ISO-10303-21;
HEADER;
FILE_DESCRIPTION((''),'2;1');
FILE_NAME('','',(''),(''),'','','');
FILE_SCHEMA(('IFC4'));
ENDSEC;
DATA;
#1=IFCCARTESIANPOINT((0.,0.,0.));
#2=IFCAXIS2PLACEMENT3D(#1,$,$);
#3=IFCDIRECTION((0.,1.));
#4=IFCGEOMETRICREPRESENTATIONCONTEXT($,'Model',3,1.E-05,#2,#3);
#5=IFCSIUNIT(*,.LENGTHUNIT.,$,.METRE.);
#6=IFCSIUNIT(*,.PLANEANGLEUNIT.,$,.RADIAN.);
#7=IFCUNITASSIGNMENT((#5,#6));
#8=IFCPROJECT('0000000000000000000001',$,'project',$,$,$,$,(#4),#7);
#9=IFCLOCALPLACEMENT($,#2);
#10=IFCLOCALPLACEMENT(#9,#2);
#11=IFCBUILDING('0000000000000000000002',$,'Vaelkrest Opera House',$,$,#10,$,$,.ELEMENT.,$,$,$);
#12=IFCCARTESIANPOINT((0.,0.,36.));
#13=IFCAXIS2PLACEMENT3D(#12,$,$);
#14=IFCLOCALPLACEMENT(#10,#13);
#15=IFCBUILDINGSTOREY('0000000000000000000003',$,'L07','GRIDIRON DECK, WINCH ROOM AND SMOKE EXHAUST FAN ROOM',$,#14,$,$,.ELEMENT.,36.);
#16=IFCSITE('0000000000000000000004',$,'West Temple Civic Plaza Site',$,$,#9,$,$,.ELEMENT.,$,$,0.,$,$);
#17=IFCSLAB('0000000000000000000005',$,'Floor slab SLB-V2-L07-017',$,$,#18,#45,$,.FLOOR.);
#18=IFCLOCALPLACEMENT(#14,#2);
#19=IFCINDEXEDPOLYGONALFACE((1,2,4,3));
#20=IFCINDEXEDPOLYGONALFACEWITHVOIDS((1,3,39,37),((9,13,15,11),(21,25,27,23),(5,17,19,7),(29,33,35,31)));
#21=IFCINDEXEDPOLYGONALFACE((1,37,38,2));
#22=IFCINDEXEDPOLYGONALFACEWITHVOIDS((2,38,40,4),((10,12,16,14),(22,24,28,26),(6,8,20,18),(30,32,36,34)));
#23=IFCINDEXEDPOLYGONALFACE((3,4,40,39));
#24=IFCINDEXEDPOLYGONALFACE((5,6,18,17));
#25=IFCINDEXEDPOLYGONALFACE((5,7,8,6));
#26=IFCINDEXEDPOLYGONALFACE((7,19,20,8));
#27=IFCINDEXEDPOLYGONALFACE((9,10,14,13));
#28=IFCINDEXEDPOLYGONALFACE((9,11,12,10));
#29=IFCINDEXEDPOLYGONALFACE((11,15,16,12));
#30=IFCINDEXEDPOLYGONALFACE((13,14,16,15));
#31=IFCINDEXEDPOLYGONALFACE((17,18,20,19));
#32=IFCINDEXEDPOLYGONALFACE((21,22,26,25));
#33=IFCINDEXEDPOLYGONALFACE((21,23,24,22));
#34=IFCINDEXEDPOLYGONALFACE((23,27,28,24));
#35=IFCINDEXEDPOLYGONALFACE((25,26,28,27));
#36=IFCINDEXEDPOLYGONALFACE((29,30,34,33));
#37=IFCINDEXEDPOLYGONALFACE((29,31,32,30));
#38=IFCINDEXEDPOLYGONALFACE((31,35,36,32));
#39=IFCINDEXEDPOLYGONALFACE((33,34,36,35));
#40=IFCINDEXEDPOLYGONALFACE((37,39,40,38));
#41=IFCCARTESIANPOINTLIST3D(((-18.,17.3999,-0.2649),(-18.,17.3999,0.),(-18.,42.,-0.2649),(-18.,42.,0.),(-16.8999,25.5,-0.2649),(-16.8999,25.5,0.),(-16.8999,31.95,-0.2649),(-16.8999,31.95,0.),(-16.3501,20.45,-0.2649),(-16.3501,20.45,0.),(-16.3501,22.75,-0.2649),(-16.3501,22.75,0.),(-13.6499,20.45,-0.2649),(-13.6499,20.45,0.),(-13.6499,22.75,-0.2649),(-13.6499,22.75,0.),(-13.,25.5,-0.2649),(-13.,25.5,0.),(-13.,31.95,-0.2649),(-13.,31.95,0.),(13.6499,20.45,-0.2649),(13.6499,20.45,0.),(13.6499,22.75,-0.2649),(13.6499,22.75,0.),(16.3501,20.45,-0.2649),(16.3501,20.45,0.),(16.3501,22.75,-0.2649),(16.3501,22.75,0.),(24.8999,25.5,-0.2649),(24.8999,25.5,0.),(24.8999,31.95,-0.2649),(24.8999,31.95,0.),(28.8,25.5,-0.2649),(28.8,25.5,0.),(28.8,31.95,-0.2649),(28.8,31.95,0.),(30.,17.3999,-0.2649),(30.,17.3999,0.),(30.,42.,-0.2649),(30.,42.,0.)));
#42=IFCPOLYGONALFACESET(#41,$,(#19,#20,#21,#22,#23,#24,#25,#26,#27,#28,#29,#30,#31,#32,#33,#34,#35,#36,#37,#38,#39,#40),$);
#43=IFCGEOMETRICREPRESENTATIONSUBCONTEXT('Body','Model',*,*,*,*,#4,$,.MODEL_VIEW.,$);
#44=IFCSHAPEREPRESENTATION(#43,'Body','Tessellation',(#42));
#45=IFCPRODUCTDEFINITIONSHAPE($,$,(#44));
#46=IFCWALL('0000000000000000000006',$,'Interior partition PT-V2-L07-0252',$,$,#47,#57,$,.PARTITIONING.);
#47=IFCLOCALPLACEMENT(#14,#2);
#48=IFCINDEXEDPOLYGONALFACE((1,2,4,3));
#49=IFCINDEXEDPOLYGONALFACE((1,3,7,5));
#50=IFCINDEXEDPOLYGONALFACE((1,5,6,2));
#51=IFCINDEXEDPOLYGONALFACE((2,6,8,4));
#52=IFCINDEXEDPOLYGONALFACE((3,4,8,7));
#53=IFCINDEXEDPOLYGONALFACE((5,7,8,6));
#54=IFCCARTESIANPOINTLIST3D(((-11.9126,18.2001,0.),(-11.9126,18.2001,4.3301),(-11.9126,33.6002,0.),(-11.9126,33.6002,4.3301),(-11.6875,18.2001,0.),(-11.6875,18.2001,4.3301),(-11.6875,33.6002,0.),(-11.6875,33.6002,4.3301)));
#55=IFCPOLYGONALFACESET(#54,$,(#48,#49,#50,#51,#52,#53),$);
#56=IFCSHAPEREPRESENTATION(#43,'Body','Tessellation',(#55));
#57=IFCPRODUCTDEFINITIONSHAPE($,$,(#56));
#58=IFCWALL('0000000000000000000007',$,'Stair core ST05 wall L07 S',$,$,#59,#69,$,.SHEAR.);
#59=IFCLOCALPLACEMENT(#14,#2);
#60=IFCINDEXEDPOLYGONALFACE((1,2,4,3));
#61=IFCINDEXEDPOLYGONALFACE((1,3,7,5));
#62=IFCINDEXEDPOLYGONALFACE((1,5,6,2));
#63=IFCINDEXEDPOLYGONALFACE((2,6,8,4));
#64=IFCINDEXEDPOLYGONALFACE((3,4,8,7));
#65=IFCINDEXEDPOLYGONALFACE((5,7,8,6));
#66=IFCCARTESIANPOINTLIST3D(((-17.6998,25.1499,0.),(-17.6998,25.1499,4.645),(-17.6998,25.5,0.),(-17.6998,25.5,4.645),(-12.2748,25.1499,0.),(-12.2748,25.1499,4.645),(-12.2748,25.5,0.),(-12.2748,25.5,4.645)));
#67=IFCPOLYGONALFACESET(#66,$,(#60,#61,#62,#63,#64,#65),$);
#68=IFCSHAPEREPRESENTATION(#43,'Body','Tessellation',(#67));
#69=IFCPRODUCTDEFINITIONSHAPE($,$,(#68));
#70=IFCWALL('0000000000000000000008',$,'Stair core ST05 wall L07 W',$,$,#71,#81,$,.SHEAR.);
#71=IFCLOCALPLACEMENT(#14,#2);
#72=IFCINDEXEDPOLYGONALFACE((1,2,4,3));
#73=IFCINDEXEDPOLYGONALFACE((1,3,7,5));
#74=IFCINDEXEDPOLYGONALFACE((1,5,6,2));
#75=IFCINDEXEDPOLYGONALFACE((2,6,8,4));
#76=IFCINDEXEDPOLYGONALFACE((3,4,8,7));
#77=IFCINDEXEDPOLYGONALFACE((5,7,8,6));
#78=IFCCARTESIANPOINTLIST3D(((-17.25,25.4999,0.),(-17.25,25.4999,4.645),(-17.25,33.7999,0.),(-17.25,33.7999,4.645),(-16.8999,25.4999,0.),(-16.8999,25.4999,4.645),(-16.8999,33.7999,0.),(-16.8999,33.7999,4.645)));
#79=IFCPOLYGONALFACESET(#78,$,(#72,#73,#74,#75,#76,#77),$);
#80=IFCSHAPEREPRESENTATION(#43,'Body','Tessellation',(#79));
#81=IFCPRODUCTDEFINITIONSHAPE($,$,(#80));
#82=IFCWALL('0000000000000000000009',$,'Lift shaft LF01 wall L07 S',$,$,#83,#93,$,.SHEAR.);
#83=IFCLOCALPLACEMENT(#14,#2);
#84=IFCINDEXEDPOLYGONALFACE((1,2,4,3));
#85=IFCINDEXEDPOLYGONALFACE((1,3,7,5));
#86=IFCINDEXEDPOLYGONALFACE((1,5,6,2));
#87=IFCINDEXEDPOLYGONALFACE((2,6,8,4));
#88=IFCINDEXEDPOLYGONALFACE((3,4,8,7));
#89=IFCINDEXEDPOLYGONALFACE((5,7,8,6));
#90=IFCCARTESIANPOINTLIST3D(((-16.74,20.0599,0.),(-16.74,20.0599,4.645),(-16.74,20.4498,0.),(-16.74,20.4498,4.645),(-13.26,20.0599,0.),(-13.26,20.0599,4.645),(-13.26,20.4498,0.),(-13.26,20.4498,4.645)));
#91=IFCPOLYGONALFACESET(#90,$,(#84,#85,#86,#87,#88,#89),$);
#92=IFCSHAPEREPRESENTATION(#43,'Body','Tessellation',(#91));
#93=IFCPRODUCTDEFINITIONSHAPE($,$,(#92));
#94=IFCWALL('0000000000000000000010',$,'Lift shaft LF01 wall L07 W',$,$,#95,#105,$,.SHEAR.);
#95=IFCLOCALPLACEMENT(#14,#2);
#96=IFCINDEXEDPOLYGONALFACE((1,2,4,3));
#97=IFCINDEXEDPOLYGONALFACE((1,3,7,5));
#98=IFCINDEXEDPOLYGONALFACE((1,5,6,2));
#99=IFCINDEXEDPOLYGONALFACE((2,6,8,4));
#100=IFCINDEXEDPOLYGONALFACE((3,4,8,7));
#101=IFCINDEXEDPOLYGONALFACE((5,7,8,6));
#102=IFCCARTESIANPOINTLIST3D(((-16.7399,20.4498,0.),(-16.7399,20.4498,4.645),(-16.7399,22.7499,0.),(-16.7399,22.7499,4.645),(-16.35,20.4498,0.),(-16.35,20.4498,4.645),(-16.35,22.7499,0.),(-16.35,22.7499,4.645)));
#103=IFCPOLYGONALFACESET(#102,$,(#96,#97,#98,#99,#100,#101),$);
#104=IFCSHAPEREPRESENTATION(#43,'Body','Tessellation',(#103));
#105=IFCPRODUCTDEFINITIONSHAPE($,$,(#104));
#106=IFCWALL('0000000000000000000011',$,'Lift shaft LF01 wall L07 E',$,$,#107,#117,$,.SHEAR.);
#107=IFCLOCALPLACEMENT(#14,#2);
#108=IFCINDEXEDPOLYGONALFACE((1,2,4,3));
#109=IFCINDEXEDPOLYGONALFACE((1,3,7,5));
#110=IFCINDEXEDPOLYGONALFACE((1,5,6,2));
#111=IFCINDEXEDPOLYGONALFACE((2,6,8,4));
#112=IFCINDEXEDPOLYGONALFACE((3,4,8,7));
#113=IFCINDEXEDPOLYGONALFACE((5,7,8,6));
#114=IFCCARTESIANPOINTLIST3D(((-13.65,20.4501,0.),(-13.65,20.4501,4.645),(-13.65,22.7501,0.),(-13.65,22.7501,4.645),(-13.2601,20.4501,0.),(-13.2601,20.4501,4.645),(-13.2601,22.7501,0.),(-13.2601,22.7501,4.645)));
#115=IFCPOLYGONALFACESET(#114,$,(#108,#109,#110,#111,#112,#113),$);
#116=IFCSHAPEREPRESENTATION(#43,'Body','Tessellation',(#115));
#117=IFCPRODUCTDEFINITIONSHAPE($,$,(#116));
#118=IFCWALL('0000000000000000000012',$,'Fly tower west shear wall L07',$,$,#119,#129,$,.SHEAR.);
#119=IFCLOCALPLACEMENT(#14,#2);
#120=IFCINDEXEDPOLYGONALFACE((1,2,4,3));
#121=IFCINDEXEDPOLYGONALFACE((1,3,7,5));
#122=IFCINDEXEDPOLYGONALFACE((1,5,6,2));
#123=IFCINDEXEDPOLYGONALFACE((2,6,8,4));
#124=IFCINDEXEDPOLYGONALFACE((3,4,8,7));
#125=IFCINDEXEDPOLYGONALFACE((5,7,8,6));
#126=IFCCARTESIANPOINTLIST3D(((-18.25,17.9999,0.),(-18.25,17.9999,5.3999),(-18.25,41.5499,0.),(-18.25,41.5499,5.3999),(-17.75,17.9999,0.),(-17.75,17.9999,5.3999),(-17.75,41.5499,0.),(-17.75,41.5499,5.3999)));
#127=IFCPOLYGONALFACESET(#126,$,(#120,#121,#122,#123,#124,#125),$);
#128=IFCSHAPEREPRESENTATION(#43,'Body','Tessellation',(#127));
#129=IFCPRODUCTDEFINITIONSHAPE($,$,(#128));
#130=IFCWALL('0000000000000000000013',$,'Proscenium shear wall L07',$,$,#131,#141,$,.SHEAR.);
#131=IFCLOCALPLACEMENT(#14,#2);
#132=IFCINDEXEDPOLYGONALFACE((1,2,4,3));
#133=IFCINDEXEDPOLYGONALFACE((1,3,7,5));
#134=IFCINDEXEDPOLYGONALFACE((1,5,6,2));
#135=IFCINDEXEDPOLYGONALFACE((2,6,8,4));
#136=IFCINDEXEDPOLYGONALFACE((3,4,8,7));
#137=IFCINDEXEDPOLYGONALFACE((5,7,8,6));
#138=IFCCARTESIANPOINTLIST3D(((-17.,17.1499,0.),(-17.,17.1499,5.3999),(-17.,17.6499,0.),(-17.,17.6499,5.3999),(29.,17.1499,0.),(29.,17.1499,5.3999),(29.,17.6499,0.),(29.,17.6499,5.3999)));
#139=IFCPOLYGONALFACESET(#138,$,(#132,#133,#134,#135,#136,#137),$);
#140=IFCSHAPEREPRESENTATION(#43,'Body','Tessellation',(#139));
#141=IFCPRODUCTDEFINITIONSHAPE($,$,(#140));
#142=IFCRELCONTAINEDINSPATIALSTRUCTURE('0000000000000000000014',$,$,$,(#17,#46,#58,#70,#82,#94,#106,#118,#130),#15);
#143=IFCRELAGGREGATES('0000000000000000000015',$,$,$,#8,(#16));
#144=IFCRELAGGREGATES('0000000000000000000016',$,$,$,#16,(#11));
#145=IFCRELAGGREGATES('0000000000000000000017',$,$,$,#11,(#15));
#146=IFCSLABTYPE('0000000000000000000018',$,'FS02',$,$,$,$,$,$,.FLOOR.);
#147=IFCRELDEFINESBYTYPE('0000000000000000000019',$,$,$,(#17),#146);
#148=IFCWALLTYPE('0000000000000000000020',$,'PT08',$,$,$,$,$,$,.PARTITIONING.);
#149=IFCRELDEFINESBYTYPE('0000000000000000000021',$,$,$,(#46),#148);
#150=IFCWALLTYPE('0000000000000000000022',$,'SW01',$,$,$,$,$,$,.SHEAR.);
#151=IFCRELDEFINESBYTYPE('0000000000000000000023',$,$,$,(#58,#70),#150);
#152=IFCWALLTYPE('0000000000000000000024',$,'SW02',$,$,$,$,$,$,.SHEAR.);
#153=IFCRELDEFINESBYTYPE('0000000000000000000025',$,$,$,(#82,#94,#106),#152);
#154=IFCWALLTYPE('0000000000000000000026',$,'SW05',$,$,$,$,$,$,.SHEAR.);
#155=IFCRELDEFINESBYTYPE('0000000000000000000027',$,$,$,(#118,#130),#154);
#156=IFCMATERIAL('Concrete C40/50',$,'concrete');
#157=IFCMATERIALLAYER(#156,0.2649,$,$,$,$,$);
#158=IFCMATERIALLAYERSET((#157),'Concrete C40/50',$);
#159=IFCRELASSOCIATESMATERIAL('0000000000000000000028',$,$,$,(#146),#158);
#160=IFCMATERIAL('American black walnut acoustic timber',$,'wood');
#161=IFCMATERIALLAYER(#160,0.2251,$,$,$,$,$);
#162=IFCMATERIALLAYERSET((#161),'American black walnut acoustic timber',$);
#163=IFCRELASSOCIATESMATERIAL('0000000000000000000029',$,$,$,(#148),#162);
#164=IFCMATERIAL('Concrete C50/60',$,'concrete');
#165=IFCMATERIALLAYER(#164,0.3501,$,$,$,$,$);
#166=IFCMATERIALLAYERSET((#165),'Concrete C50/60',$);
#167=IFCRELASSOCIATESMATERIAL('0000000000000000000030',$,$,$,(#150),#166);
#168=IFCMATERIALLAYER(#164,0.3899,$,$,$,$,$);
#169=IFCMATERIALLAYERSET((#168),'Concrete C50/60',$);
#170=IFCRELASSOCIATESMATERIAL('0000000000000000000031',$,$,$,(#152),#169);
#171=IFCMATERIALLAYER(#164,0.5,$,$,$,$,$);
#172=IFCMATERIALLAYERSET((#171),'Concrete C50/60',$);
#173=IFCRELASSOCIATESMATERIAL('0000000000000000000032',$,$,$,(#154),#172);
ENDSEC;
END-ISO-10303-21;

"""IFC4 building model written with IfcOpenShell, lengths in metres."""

from ifc_helpers import new_model, si_unit, direction, frame, frame_2d, origin, place, context, subcontext, project, spatial, polyline, rectangle, outline, extrude, material, layer, layer_set, type_object, element, save


model = new_model("IFC4")

# Units and contexts
model_context = context("Model", 3, precision=1e-05, world=origin(), true_north=direction((0.0, 1.0)))
body_context = subcontext(model_context, "Body", "Model", "MODEL_VIEW")
ifc_project = project(units=[si_unit("LENGTHUNIT", "METRE"), si_unit("PLANEANGLEUNIT", "RADIAN")], contexts=[model_context])

# Site, building, storey
site_placement = place(None, origin())
site = spatial("IfcSite", under=ifc_project, at=site_placement, Name="West Temple Civic Plaza Site", CompositionType="ELEMENT", RefElevation=0.0)
building_placement = place(site_placement, origin())
building = spatial("IfcBuilding", under=site, at=building_placement, Name="Vaelkrest Opera House", CompositionType="ELEMENT")
storey_placement = place(building_placement, frame((0.0, 0.0, 36.0)))
storey = spatial("IfcBuildingStorey", under=building, at=storey_placement, Name="L07", Description="GRIDIRON DECK, WINCH ROOM AND SMOKE EXHAUST FAN ROOM", CompositionType="ELEMENT", Elevation=36.0)

# Shared definitions
ifc_material_1 = material(Name="Concrete C50/60", Category="concrete")

# Slab
ifc_material_2 = material(Name="Concrete C40/50", Category="concrete")
ifc_layer_1 = layer(ifc_material_2, 0.2649)
ifc_layer_set_1 = layer_set([ifc_layer_1], Name="Concrete C40/50")
slab_type = type_object("IfcSlabType", Name="FS02", PredefinedType="FLOOR", material=ifc_layer_set_1)
slab_placement = place(storey_placement, frame((0.0, 0.0, -0.2649)))
element("IfcSlab", 1, at=slab_placement, inside=storey, type_object=slab_type, Name="Floor slab SLB-V2-L07-017", PredefinedType="FLOOR", context=body_context, shape_type="SweptSolid", body=[
    extrude(outline(polyline([(-18.0, 17.3999), (30.0, 17.3999), (30.0, 42.0), (-18.0, 42.0), (-18.0, 17.3999)]), holes=[polyline([(-16.8999, 31.95), (-16.8999, 25.5), (-13.0, 25.5), (-13.0, 31.95), (-16.8999, 31.95)]), polyline([(24.8999, 31.95), (24.8999, 25.5), (28.8, 25.5), (28.8, 31.95), (24.8999, 31.95)]), polyline([(-16.3501, 20.45), (-13.6499, 20.45), (-13.6499, 22.75), (-16.3501, 22.75), (-16.3501, 20.45)]), polyline([(13.6499, 20.45), (16.3501, 20.45), (16.3501, 22.75), (13.6499, 22.75), (13.6499, 20.45)])]), origin(), (0.0, 0.0, 1.0), 0.2649),
])

# Walls
ifc_material_3 = material(Name="American black walnut acoustic timber", Category="wood")
ifc_layer_2 = layer(ifc_material_3, 0.2251)
ifc_layer_set_2 = layer_set([ifc_layer_2], Name="American black walnut acoustic timber")
wall_type_1 = type_object("IfcWallType", Name="PT08", PredefinedType="PARTITIONING", material=ifc_layer_set_2)
wall_1_placement = place(storey_placement, frame((-11.8, 18.2, 0.0), z_axis=(0.0, 0.0, 1.0), x_axis=(0.0, 1.0, 0.0)))
element("IfcWall", 2, at=wall_1_placement, inside=storey, type_object=wall_type_1, Name="Interior partition PT-V2-L07-0252", PredefinedType="PARTITIONING", context=body_context, shape_type="SweptSolid", body=[
    extrude(rectangle(XDim=15.4001, YDim=0.2251, at=frame_2d((7.7002, 0.0))), origin(), (0.0, 0.0, 1.0), 4.3301),
])
ifc_layer_3 = layer(ifc_material_1, 0.3501)
ifc_layer_set_3 = layer_set([ifc_layer_3], Name="Concrete C50/60")
wall_type_2 = type_object("IfcWallType", Name="SW01", PredefinedType="SHEAR", material=ifc_layer_set_3)
wall_2_placement = place(storey_placement, frame((-12.2749, 25.325, 0.0), z_axis=(0.0, 0.0, 1.0), x_axis=(-1.0, 0.0, 0.0)))
element("IfcWall", 3, at=wall_2_placement, inside=storey, type_object=wall_type_2, Name="Stair core ST05 wall L07 S", PredefinedType="SHEAR", context=body_context, shape_type="SweptSolid", body=[
    extrude(rectangle(XDim=5.425, YDim=0.3501, at=frame_2d((2.7124, 0.0))), origin(), (0.0, 0.0, 1.0), 4.645),
])
wall_3_placement = place(storey_placement, frame((-17.075, 25.5, 0.0), z_axis=(0.0, 0.0, 1.0), x_axis=(0.0, 1.0, 0.0)))
element("IfcWall", 4, at=wall_3_placement, inside=storey, type_object=wall_type_2, Name="Stair core ST05 wall L07 W", PredefinedType="SHEAR", context=body_context, shape_type="SweptSolid", body=[
    extrude(rectangle(XDim=8.3, YDim=0.3501, at=frame_2d((4.1499, 0.0))), origin(), (0.0, 0.0, 1.0), 4.645),
])
ifc_layer_4 = layer(ifc_material_1, 0.3899)
ifc_layer_set_4 = layer_set([ifc_layer_4], Name="Concrete C50/60")
wall_type_3 = type_object("IfcWallType", Name="SW02", PredefinedType="SHEAR", material=ifc_layer_set_4)
wall_4_placement = place(storey_placement, frame((-13.26, 20.2549, 0.0), z_axis=(0.0, 0.0, 1.0), x_axis=(-1.0, 0.0, 0.0)))
element("IfcWall", 5, at=wall_4_placement, inside=storey, type_object=wall_type_3, Name="Lift shaft LF01 wall L07 S", PredefinedType="SHEAR", context=body_context, shape_type="SweptSolid", body=[
    extrude(rectangle(XDim=3.48, YDim=0.3899, at=frame_2d((1.74, 0.0))), origin(), (0.0, 0.0, 1.0), 4.645),
])

# Walls
for number, where, z_axis, x_axis, name in (
    (6, (-16.5449, 20.45, 0.0), (0.0, 0.0, 1.0), (0.0, 1.0, 0.0), "Lift shaft LF01 wall L07 W"),
    (7, (-13.4551, 22.75, 0.0), (0.0, 0.0, 1.0), (0.0, -1.0, 0.0), "Lift shaft LF01 wall L07 E"),
):
    element("IfcWall", number, at=place(storey_placement, frame(where, z_axis=z_axis, x_axis=x_axis)), inside=storey, type_object=wall_type_3, Name=name, PredefinedType="SHEAR", context=body_context, shape_type="SweptSolid", body=[
        extrude(rectangle(XDim=2.3, YDim=0.3899, at=frame_2d((1.1499, 0.0))), origin(), (0.0, 0.0, 1.0), 4.645),
    ])
ifc_layer_5 = layer(ifc_material_1, 0.5)
ifc_layer_set_5 = layer_set([ifc_layer_5], Name="Concrete C50/60")
wall_type_4 = type_object("IfcWallType", Name="SW05", PredefinedType="SHEAR", material=ifc_layer_set_5)
wall_5_placement = place(storey_placement, frame((-18.0, 18.0, 0.0), z_axis=(0.0, 0.0, 1.0), x_axis=(0.0, 1.0, 0.0)))
element("IfcWall", 8, at=wall_5_placement, inside=storey, type_object=wall_type_4, Name="Fly tower west shear wall L07", PredefinedType="SHEAR", context=body_context, shape_type="SweptSolid", body=[
    extrude(rectangle(XDim=23.55, YDim=0.5, at=frame_2d((11.7749, 0.0))), origin(), (0.0, 0.0, 1.0), 5.3999),
])
wall_6_placement = place(storey_placement, frame((-17.0, 17.3999, 0.0), z_axis=(0.0, 0.0, 1.0), x_axis=(1.0, 0.0, 0.0)))
element("IfcWall", 9, at=wall_6_placement, inside=storey, type_object=wall_type_4, Name="Proscenium shear wall L07", PredefinedType="SHEAR", context=body_context, shape_type="SweptSolid", body=[
    extrude(rectangle(XDim=46.0, YDim=0.5, at=frame_2d((23.0, 0.0))), origin(), (0.0, 0.0, 1.0), 5.3999),
])

save(model, "model.ifc")
